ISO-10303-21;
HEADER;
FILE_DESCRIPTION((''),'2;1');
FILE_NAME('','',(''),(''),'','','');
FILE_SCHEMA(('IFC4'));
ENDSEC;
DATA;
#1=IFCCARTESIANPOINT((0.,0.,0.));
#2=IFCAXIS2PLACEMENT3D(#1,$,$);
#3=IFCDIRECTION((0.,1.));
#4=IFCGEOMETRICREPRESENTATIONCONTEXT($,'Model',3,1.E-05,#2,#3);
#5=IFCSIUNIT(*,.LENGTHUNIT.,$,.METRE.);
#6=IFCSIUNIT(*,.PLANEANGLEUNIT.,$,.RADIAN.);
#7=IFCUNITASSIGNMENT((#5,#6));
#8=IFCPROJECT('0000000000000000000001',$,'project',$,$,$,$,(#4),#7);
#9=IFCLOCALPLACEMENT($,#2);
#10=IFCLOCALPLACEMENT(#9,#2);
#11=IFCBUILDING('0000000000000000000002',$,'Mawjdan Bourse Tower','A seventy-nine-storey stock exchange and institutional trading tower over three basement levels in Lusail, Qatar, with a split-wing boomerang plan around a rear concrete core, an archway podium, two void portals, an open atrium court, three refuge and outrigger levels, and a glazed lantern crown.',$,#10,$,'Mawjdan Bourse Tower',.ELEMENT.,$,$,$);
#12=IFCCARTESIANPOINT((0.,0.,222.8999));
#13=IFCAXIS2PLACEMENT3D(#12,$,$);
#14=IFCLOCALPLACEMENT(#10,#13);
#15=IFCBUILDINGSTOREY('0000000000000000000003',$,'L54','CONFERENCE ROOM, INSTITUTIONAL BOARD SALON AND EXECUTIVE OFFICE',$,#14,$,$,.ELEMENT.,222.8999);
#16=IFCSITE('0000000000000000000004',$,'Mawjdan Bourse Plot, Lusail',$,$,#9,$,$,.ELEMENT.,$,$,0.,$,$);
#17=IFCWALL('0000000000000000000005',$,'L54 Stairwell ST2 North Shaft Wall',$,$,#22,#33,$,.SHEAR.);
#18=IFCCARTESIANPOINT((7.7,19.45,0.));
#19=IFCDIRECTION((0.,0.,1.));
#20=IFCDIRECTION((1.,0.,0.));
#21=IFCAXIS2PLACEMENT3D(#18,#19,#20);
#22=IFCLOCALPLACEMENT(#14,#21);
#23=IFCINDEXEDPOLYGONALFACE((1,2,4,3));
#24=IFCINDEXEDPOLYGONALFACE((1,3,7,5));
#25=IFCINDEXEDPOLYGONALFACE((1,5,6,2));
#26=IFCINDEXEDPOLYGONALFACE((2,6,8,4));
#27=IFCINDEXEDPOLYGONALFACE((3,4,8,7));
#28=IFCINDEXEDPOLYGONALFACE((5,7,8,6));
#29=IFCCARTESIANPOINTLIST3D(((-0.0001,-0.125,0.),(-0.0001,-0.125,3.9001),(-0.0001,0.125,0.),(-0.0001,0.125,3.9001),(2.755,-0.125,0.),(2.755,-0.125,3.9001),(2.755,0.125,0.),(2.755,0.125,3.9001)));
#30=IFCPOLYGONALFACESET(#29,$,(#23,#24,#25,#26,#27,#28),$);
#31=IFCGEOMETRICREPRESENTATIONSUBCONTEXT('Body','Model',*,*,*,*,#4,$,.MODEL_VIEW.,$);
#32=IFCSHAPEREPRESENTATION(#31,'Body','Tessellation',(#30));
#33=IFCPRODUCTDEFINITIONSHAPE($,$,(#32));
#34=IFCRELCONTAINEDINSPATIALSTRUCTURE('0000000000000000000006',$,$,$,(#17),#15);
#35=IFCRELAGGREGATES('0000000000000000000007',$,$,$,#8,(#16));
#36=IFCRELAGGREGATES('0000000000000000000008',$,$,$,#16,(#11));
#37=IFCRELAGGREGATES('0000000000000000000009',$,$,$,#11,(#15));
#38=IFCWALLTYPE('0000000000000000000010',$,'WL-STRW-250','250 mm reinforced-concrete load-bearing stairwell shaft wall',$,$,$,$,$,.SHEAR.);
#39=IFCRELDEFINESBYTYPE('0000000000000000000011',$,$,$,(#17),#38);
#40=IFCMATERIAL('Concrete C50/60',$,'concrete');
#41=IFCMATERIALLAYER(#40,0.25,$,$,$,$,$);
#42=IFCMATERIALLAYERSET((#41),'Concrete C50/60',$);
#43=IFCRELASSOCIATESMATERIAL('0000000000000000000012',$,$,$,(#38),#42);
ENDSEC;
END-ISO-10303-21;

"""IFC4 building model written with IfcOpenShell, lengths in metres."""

from ifc_helpers import new_model, si_unit, direction, frame, frame_2d, origin, place, context, subcontext, project, spatial, rectangle, extrude, material, layer, layer_set, type_object, element, save


model = new_model("IFC4")

# Units and contexts
model_context = context("Model", 3, precision=1e-05, world=origin(), true_north=direction((0.0, 1.0)))
body_context = subcontext(model_context, "Body", "Model", "MODEL_VIEW")
ifc_project = project(units=[si_unit("LENGTHUNIT", "METRE"), si_unit("PLANEANGLEUNIT", "RADIAN")], contexts=[model_context])

# Site, building, storey
site_placement = place(None, origin())
site = spatial("IfcSite", under=ifc_project, at=site_placement, Name="Mawjdan Bourse Plot, Lusail", CompositionType="ELEMENT", RefElevation=0.0)
building_placement = place(site_placement, origin())
building = spatial("IfcBuilding", under=site, at=building_placement, Name="Mawjdan Bourse Tower", Description="A seventy-nine-storey stock exchange and institutional trading tower over three basement levels in Lusail, Qatar, with a split-wing boomerang plan around a rear concrete core, an archway podium, two void portals, an open atrium court, three refuge and outrigger levels, and a glazed lantern crown.", LongName="Mawjdan Bourse Tower", CompositionType="ELEMENT")
storey_placement = place(building_placement, frame((0.0, 0.0, 222.8999)))
storey = spatial("IfcBuildingStorey", under=building, at=storey_placement, Name="L54", Description="CONFERENCE ROOM, INSTITUTIONAL BOARD SALON AND EXECUTIVE OFFICE", CompositionType="ELEMENT", Elevation=222.8999)

# Shared definitions
ifc_material_1 = material(Name="Concrete C50/60", Category="concrete")

# Wall
ifc_layer_1 = layer(ifc_material_1, 0.25)
ifc_layer_set_1 = layer_set([ifc_layer_1], Name="Concrete C50/60")
wall_type_1 = type_object("IfcWallType", Name="WL-STRW-250", Description="250 mm reinforced-concrete load-bearing stairwell shaft wall", PredefinedType="SHEAR", material=ifc_layer_set_1)
wall_1_placement = place(storey_placement, frame((7.7, 19.45, 0.0), z_axis=(0.0, 0.0, 1.0), x_axis=(1.0, 0.0, 0.0)))
element("IfcWall", 1, at=wall_1_placement, inside=storey, type_object=wall_type_1, Name="L54 Stairwell ST2 North Shaft Wall", PredefinedType="SHEAR", context=body_context, shape_type="SweptSolid", body=[
    extrude(rectangle(XDim=2.7551, YDim=0.25, at=frame_2d((1.3774, 0.0))), origin(), (0.0, 0.0, 1.0), 3.9001),
])

save(model, "model.ifc")
